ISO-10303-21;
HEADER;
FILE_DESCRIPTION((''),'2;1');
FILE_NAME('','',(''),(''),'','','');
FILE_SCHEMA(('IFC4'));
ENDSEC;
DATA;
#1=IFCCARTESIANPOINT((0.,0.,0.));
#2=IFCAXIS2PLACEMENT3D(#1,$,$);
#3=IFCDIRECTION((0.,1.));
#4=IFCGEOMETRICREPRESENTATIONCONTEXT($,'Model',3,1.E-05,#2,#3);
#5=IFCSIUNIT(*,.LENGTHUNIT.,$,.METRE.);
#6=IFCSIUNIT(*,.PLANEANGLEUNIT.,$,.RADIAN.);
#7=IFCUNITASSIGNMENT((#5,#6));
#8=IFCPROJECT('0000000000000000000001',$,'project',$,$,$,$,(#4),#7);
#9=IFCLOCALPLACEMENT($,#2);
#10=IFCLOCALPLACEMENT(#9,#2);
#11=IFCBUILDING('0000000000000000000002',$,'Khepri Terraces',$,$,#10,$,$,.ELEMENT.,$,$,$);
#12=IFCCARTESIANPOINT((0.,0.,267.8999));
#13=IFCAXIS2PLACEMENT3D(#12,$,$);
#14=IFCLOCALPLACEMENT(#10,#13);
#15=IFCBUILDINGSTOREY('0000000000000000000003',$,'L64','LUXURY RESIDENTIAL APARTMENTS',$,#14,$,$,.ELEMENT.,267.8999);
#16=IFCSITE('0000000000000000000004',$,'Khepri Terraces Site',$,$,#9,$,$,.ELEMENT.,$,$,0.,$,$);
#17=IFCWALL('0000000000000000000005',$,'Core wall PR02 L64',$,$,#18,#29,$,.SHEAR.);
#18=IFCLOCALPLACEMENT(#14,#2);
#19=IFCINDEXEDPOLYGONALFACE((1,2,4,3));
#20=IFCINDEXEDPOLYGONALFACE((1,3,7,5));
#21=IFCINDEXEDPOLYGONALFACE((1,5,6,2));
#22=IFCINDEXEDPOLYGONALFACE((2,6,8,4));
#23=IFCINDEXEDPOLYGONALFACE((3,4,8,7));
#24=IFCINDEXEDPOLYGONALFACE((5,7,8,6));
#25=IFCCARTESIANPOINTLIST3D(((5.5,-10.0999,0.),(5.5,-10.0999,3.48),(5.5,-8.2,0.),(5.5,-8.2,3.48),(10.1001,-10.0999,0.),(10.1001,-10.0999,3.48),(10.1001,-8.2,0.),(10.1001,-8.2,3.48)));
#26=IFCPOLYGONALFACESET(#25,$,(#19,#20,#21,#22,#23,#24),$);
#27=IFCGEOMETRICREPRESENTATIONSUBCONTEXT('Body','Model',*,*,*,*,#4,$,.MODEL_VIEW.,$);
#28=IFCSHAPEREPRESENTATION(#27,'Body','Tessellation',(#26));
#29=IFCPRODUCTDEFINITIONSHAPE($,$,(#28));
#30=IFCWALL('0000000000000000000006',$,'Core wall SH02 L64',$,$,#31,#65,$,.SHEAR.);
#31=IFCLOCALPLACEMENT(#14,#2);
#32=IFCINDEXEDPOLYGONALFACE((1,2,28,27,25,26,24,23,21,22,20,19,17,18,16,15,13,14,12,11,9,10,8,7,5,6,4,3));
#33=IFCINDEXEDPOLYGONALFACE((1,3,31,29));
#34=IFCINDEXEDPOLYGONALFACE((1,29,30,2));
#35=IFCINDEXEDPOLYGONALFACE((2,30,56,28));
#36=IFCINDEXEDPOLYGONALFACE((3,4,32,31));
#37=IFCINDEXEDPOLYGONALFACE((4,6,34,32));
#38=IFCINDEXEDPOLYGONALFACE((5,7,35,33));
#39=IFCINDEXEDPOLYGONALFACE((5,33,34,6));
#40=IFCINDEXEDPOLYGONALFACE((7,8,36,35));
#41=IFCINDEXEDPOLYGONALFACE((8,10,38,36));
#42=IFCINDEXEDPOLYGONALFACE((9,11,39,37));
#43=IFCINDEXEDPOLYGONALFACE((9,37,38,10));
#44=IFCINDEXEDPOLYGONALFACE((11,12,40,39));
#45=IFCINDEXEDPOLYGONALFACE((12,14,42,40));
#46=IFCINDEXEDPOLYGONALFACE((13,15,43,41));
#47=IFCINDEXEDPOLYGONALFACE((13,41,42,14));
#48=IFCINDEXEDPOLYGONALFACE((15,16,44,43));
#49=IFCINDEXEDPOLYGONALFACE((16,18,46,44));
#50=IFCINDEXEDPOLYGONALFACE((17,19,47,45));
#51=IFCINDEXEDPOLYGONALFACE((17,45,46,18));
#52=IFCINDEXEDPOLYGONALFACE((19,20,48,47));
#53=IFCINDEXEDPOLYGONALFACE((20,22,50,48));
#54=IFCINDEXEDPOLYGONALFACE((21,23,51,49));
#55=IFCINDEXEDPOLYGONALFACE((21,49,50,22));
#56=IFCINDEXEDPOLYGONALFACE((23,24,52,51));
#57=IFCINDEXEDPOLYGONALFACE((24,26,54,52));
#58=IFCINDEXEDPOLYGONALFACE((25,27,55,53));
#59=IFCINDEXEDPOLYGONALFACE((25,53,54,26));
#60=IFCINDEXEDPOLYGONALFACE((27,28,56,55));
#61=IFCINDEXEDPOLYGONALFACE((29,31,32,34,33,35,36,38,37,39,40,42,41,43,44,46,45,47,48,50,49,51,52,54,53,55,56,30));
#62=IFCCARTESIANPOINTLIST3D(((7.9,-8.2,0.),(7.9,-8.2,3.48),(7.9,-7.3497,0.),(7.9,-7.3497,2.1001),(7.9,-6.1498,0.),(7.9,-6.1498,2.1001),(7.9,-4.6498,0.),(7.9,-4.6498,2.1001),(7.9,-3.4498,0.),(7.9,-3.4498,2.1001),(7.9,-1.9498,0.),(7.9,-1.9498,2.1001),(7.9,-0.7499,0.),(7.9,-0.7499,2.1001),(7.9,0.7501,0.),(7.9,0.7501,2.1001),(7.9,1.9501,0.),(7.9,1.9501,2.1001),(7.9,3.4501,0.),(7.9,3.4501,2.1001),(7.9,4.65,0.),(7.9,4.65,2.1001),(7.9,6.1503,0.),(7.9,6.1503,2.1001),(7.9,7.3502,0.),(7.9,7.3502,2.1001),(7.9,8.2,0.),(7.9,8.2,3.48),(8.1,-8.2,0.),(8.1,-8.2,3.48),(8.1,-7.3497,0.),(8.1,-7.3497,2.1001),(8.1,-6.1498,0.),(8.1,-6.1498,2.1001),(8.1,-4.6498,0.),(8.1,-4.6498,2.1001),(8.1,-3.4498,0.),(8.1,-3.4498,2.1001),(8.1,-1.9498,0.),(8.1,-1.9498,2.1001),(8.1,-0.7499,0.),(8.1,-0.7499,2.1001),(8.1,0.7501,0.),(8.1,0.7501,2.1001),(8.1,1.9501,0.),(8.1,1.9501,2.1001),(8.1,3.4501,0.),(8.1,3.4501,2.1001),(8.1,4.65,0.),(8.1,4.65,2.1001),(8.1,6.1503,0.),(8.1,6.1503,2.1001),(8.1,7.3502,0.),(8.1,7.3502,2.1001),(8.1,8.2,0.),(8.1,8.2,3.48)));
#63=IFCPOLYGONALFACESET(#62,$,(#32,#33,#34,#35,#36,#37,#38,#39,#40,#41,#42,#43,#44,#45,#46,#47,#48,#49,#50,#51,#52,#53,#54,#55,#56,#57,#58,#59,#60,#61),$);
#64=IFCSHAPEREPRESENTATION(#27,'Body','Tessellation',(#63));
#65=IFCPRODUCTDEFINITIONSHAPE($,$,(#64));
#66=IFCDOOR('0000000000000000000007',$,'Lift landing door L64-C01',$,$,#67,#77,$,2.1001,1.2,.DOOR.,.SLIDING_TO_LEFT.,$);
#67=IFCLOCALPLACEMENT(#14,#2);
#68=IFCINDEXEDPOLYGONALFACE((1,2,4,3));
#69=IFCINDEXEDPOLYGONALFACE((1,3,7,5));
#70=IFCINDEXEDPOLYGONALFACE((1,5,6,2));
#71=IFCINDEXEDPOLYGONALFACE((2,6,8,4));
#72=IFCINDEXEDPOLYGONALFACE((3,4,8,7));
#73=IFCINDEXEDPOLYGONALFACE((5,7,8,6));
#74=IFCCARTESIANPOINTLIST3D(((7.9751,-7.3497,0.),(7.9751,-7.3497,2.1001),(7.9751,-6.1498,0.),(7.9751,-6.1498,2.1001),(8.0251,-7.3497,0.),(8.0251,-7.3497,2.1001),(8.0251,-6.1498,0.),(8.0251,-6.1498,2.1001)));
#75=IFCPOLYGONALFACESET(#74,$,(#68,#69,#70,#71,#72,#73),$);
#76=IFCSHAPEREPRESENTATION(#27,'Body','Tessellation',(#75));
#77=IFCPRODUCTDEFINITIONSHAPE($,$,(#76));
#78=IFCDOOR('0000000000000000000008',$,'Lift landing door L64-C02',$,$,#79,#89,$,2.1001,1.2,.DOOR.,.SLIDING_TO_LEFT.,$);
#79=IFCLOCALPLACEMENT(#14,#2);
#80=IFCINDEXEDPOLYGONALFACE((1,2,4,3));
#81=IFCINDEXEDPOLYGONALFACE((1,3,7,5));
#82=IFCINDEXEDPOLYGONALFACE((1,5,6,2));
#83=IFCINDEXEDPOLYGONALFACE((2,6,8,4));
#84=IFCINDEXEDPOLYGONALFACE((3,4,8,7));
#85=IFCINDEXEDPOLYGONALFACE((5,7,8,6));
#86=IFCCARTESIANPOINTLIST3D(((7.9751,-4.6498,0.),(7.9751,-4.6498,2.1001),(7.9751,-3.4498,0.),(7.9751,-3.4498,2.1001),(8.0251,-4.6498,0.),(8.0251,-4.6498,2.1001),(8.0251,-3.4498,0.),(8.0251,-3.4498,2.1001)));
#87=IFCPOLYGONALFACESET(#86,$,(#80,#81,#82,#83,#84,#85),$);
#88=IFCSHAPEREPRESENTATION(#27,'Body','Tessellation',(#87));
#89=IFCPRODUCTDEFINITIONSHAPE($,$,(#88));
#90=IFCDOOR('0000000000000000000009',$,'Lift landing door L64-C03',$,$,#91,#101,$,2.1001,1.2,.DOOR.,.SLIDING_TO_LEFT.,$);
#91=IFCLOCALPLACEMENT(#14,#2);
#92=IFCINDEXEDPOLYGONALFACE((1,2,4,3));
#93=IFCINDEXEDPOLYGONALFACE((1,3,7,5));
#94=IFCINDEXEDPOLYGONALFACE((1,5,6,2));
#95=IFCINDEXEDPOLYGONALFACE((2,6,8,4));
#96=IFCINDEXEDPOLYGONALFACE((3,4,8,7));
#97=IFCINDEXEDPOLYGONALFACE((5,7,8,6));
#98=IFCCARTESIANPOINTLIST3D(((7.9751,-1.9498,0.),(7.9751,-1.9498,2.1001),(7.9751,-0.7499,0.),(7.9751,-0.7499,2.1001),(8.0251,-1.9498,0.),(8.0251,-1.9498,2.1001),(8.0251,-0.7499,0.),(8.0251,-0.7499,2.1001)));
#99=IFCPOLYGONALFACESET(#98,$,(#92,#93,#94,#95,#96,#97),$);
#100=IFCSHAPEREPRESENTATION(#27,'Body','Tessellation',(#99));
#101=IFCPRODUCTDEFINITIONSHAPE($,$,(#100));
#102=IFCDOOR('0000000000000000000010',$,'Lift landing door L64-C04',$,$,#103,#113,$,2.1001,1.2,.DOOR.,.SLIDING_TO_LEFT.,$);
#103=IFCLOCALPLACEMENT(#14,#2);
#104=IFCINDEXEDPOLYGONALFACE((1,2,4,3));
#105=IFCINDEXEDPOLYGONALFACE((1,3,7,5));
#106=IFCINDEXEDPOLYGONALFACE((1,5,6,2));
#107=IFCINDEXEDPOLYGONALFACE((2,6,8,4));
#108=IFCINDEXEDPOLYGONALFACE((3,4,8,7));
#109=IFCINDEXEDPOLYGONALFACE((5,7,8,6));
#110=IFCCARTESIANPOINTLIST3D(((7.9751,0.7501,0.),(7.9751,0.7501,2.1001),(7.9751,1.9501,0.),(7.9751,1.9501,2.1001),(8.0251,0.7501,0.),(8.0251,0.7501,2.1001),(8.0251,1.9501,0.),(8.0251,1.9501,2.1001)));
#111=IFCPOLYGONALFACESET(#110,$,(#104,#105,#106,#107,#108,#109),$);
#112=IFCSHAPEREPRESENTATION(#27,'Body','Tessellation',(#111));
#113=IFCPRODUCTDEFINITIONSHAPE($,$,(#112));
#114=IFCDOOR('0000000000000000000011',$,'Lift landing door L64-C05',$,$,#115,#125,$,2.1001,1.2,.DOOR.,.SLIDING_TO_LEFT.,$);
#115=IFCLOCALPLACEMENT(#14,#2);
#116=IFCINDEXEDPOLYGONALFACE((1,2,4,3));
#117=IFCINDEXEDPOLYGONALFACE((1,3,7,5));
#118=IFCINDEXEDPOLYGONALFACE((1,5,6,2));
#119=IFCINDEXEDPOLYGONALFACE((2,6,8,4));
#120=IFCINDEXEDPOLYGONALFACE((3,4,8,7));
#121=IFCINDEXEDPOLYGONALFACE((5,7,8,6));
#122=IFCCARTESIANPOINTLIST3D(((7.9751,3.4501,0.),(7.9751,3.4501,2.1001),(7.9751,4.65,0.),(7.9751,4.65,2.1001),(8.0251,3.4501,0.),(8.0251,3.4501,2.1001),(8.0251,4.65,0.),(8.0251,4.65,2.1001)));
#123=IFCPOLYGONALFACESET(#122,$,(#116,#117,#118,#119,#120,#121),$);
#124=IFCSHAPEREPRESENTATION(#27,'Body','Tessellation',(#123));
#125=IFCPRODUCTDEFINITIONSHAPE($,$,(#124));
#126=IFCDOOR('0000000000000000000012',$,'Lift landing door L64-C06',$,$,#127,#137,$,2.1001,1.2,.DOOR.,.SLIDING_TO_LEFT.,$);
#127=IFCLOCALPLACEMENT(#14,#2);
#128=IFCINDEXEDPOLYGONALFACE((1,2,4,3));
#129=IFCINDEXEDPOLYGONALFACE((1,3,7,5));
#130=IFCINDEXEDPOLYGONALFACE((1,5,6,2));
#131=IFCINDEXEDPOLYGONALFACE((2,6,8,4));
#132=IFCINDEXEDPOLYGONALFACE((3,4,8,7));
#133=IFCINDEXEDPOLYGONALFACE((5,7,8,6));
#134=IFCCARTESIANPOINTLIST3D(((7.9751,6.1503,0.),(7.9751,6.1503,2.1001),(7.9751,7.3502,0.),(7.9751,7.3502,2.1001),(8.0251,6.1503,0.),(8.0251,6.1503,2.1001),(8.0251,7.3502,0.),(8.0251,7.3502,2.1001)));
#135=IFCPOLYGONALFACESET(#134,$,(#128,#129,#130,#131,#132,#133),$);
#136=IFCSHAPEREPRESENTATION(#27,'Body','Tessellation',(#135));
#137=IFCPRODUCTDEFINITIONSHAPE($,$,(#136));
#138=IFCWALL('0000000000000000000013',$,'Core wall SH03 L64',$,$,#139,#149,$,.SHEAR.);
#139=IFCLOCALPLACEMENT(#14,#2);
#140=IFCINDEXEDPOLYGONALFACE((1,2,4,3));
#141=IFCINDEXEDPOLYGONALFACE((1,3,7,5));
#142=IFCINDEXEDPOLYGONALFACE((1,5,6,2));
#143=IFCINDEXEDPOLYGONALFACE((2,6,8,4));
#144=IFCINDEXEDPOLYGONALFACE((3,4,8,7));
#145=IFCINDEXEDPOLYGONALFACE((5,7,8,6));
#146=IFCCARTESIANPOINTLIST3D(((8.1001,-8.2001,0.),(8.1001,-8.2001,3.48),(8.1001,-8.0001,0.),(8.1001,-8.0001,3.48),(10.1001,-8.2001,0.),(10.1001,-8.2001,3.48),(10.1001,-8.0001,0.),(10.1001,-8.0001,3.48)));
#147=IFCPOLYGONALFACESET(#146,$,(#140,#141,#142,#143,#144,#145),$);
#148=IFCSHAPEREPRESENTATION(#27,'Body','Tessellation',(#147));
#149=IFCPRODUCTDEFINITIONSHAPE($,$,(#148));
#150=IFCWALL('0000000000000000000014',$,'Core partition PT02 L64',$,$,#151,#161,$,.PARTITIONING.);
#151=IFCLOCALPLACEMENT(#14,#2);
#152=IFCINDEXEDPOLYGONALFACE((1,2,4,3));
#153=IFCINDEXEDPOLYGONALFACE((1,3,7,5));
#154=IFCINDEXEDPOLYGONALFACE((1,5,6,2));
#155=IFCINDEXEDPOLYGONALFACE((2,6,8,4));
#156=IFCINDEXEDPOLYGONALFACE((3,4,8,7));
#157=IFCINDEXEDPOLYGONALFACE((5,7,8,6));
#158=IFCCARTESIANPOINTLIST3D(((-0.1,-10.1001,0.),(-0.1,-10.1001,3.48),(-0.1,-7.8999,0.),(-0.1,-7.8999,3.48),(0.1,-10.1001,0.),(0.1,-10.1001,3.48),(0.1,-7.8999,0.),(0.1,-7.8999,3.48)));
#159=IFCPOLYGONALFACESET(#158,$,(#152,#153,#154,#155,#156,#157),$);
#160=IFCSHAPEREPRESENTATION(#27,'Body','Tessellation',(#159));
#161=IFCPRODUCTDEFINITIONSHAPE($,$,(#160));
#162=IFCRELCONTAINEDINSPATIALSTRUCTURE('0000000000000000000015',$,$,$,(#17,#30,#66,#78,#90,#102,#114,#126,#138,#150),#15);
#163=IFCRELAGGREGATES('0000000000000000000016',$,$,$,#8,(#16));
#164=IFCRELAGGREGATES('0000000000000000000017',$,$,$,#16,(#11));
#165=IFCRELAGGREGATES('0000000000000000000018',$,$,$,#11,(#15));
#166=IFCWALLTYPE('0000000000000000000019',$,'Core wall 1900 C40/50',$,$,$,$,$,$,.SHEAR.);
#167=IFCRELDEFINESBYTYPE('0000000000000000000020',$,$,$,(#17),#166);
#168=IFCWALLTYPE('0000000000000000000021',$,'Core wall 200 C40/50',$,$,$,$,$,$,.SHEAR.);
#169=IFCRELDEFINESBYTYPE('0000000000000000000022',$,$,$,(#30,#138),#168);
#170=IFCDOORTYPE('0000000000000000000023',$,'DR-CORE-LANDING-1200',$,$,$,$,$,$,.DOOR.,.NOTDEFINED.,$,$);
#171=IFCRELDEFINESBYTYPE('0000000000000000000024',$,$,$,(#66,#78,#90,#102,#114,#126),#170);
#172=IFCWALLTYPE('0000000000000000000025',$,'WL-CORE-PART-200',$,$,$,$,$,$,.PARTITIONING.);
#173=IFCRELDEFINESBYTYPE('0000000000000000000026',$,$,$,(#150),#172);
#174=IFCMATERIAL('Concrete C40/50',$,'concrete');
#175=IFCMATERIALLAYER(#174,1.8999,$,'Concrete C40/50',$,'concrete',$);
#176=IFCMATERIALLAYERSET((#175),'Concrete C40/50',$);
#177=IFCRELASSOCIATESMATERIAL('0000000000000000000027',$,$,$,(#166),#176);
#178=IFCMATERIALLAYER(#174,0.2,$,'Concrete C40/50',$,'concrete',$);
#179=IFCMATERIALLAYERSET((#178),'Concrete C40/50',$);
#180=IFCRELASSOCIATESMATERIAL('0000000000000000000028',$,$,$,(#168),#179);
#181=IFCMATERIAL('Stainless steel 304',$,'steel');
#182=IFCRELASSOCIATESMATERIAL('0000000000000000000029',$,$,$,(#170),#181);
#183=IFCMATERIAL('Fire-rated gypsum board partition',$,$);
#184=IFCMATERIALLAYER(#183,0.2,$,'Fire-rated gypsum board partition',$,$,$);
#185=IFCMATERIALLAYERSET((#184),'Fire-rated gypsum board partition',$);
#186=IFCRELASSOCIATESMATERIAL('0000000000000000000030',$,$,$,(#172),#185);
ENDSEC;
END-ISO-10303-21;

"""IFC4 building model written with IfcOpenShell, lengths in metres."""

from ifc_helpers import new_model, si_unit, direction, frame, frame_2d, origin, place, context, subcontext, project, spatial, rectangle, extrude, material, layer, layer_set, type_object, element, fill, save


model = new_model("IFC4")

# Units and contexts
model_context = context("Model", 3, precision=1e-05, world=origin(), true_north=direction((0.0, 1.0)))
body_context = subcontext(model_context, "Body", "Model", "MODEL_VIEW")
ifc_project = project(units=[si_unit("LENGTHUNIT", "METRE"), si_unit("PLANEANGLEUNIT", "RADIAN")], contexts=[model_context])

# Site, building, storey
site_placement = place(None, origin())
site = spatial("IfcSite", under=ifc_project, at=site_placement, Name="Khepri Terraces Site", CompositionType="ELEMENT", RefElevation=0.0)
building_placement = place(site_placement, origin())
building = spatial("IfcBuilding", under=site, at=building_placement, Name="Khepri Terraces", CompositionType="ELEMENT")
storey_placement = place(building_placement, frame((0.0, 0.0, 267.8999)))
storey = spatial("IfcBuildingStorey", under=building, at=storey_placement, Name="L64", Description="LUXURY RESIDENTIAL APARTMENTS", CompositionType="ELEMENT", Elevation=267.8999)

# Wall
ifc_material_1 = material(Name="Concrete C40/50", Category="concrete")
ifc_layer_1 = layer(ifc_material_1, 1.8999, Name="Concrete C40/50", Category="concrete")
ifc_layer_set_1 = layer_set([ifc_layer_1], Name="Concrete C40/50")
wall_type_1 = type_object("IfcWallType", Name="Core wall 1900 C40/50", PredefinedType="SHEAR", material=ifc_layer_set_1)
wall_1_placement = place(storey_placement, frame((5.5, -9.1499, 0.0), z_axis=(0.0, 0.0, 1.0), x_axis=(1.0, 0.0, 0.0)))
element("IfcWall", 1, at=wall_1_placement, inside=storey, type_object=wall_type_1, Name="Core wall PR02 L64", PredefinedType="SHEAR", context=body_context, shape_type="SweptSolid", body=[
    extrude(rectangle(XDim=4.6001, YDim=1.8999, at=frame_2d((2.3, 0.0))), origin(), (0.0, 0.0, 1.0), 3.48),
])

# Wall, openings, doors
ifc_layer_2 = layer(ifc_material_1, 0.2, Name="Concrete C40/50", Category="concrete")
ifc_layer_set_2 = layer_set([ifc_layer_2], Name="Concrete C40/50")
wall_type_2 = type_object("IfcWallType", Name="Core wall 200 C40/50", PredefinedType="SHEAR", material=ifc_layer_set_2)
wall_2_placement = place(storey_placement, frame((8.0, -8.2, 0.0), z_axis=(0.0, 0.0, 1.0), x_axis=(0.0, 1.0, 0.0)))
wall_2 = element("IfcWall", 2, at=wall_2_placement, inside=storey, type_object=wall_type_2, Name="Core wall SH02 L64", PredefinedType="SHEAR", context=body_context, shape_type="SweptSolid", body=[
    extrude(rectangle(XDim=16.3999, YDim=0.2, at=frame_2d((8.2, 0.0))), origin(), (0.0, 0.0, 1.0), 3.48),
])
opening_1_placement = place(wall_2_placement, frame((0.8501, 0.0, 0.0)))
opening_1 = element("IfcOpeningElement", 3, at=opening_1_placement, cuts=wall_2, PredefinedType="OPENING", context=body_context, shape_type="SweptSolid", body=[
    extrude(rectangle(XDim=1.2, YDim=2.1001, at=frame_2d((0.6001, 1.05))), frame((0.0, 0.1099, 0.0), z_axis=(0.0, -1.0, 0.0), x_axis=(1.0, 0.0, 0.0)), (0.0, 0.0, 1.0), 0.22),
])
opening_2_placement = place(wall_2_placement, frame((3.55, 0.0, 0.0)))
opening_2 = element("IfcOpeningElement", 4, at=opening_2_placement, cuts=wall_2, PredefinedType="OPENING", context=body_context, shape_type="SweptSolid", body=[
    extrude(rectangle(XDim=1.2, YDim=2.1001, at=frame_2d((0.6001, 1.05))), frame((0.0, 0.1099, 0.0), z_axis=(0.0, -1.0, 0.0), x_axis=(1.0, 0.0, 0.0)), (0.0, 0.0, 1.0), 0.22),
])
opening_3_placement = place(wall_2_placement, frame((6.25, 0.0, 0.0)))
opening_3 = element("IfcOpeningElement", 5, at=opening_3_placement, cuts=wall_2, PredefinedType="OPENING", context=body_context, shape_type="SweptSolid", body=[
    extrude(rectangle(XDim=1.2, YDim=2.1001, at=frame_2d((0.6001, 1.05))), frame((0.0, 0.1099, 0.0), z_axis=(0.0, -1.0, 0.0), x_axis=(1.0, 0.0, 0.0)), (0.0, 0.0, 1.0), 0.22),
])
opening_4_placement = place(wall_2_placement, frame((8.95, 0.0, 0.0)))
opening_4 = element("IfcOpeningElement", 6, at=opening_4_placement, cuts=wall_2, PredefinedType="OPENING", context=body_context, shape_type="SweptSolid", body=[
    extrude(rectangle(XDim=1.2, YDim=2.1001, at=frame_2d((0.6001, 1.05))), frame((0.0, 0.1099, 0.0), z_axis=(0.0, -1.0, 0.0), x_axis=(1.0, 0.0, 0.0)), (0.0, 0.0, 1.0), 0.22),
])
opening_5_placement = place(wall_2_placement, frame((11.6499, 0.0, 0.0)))
opening_5 = element("IfcOpeningElement", 7, at=opening_5_placement, cuts=wall_2, PredefinedType="OPENING", context=body_context, shape_type="SweptSolid", body=[
    extrude(rectangle(XDim=1.2, YDim=2.1001, at=frame_2d((0.6001, 1.05))), frame((0.0, 0.1099, 0.0), z_axis=(0.0, -1.0, 0.0), x_axis=(1.0, 0.0, 0.0)), (0.0, 0.0, 1.0), 0.22),
])
opening_6_placement = place(wall_2_placement, frame((14.3501, 0.0, 0.0)))
opening_6 = element("IfcOpeningElement", 8, at=opening_6_placement, cuts=wall_2, PredefinedType="OPENING", context=body_context, shape_type="SweptSolid", body=[
    extrude(rectangle(XDim=1.2, YDim=2.1001, at=frame_2d((0.6001, 1.05))), frame((0.0, 0.1099, 0.0), z_axis=(0.0, -1.0, 0.0), x_axis=(1.0, 0.0, 0.0)), (0.0, 0.0, 1.0), 0.22),
])
ifc_material_2 = material(Name="Stainless steel 304", Category="steel")
door_type_1 = type_object("IfcDoorType", Name="DR-CORE-LANDING-1200", OperationType="NOTDEFINED", PredefinedType="DOOR", material=ifc_material_2)
door_1_placement = place(opening_1_placement, origin())
door_1 = element("IfcDoor", 9, at=door_1_placement, inside=storey, type_object=door_type_1, Name="Lift landing door L64-C01", OperationType="SLIDING_TO_LEFT", OverallHeight=2.1001, OverallWidth=1.2, PredefinedType="DOOR", context=body_context, shape_type="SweptSolid", body=[
    extrude(rectangle(XDim=1.2, YDim=2.1001, at=frame_2d((0.6001, 1.05))), frame((0.0, 0.0249, 0.0), z_axis=(0.0, -1.0, 0.0), x_axis=(1.0, 0.0, 0.0)), (0.0, 0.0, 1.0), 0.05),
])
fill(opening_1, door_1)
door_2_placement = place(opening_2_placement, origin())
door_2 = element("IfcDoor", 10, at=door_2_placement, inside=storey, type_object=door_type_1, Name="Lift landing door L64-C02", OperationType="SLIDING_TO_LEFT", OverallHeight=2.1001, OverallWidth=1.2, PredefinedType="DOOR", context=body_context, shape_type="SweptSolid", body=[
    extrude(rectangle(XDim=1.2, YDim=2.1001, at=frame_2d((0.6001, 1.05))), frame((0.0, 0.0249, 0.0), z_axis=(0.0, -1.0, 0.0), x_axis=(1.0, 0.0, 0.0)), (0.0, 0.0, 1.0), 0.05),
])
fill(opening_2, door_2)
door_3_placement = place(opening_3_placement, origin())
door_3 = element("IfcDoor", 11, at=door_3_placement, inside=storey, type_object=door_type_1, Name="Lift landing door L64-C03", OperationType="SLIDING_TO_LEFT", OverallHeight=2.1001, OverallWidth=1.2, PredefinedType="DOOR", context=body_context, shape_type="SweptSolid", body=[
    extrude(rectangle(XDim=1.2, YDim=2.1001, at=frame_2d((0.6001, 1.05))), frame((0.0, 0.0249, 0.0), z_axis=(0.0, -1.0, 0.0), x_axis=(1.0, 0.0, 0.0)), (0.0, 0.0, 1.0), 0.05),
])
fill(opening_3, door_3)
door_4_placement = place(opening_4_placement, origin())
door_4 = element("IfcDoor", 12, at=door_4_placement, inside=storey, type_object=door_type_1, Name="Lift landing door L64-C04", OperationType="SLIDING_TO_LEFT", OverallHeight=2.1001, OverallWidth=1.2, PredefinedType="DOOR", context=body_context, shape_type="SweptSolid", body=[
    extrude(rectangle(XDim=1.2, YDim=2.1001, at=frame_2d((0.6001, 1.05))), frame((0.0, 0.0249, 0.0), z_axis=(0.0, -1.0, 0.0), x_axis=(1.0, 0.0, 0.0)), (0.0, 0.0, 1.0), 0.05),
])
fill(opening_4, door_4)
door_5_placement = place(opening_5_placement, origin())
door_5 = element("IfcDoor", 13, at=door_5_placement, inside=storey, type_object=door_type_1, Name="Lift landing door L64-C05", OperationType="SLIDING_TO_LEFT", OverallHeight=2.1001, OverallWidth=1.2, PredefinedType="DOOR", context=body_context, shape_type="SweptSolid", body=[
    extrude(rectangle(XDim=1.2, YDim=2.1001, at=frame_2d((0.6001, 1.05))), frame((0.0, 0.0249, 0.0), z_axis=(0.0, -1.0, 0.0), x_axis=(1.0, 0.0, 0.0)), (0.0, 0.0, 1.0), 0.05),
])
fill(opening_5, door_5)
door_6_placement = place(opening_6_placement, origin())
door_6 = element("IfcDoor", 14, at=door_6_placement, inside=storey, type_object=door_type_1, Name="Lift landing door L64-C06", OperationType="SLIDING_TO_LEFT", OverallHeight=2.1001, OverallWidth=1.2, PredefinedType="DOOR", context=body_context, shape_type="SweptSolid", body=[
    extrude(rectangle(XDim=1.2, YDim=2.1001, at=frame_2d((0.6001, 1.05))), frame((0.0, 0.0249, 0.0), z_axis=(0.0, -1.0, 0.0), x_axis=(1.0, 0.0, 0.0)), (0.0, 0.0, 1.0), 0.05),
])
fill(opening_6, door_6)

# Walls
wall_3_placement = place(storey_placement, frame((8.1001, -8.1001, 0.0), z_axis=(0.0, 0.0, 1.0), x_axis=(1.0, 0.0, 0.0)))
element("IfcWall", 15, at=wall_3_placement, inside=storey, type_object=wall_type_2, Name="Core wall SH03 L64", PredefinedType="SHEAR", context=body_context, shape_type="SweptSolid", body=[
    extrude(rectangle(XDim=2.0, YDim=0.2, at=frame_2d((1.0, 0.0))), origin(), (0.0, 0.0, 1.0), 3.48),
])
ifc_material_3 = material(Name="Fire-rated gypsum board partition")
ifc_layer_3 = layer(ifc_material_3, 0.2, Name="Fire-rated gypsum board partition")
ifc_layer_set_3 = layer_set([ifc_layer_3], Name="Fire-rated gypsum board partition")
wall_type_3 = type_object("IfcWallType", Name="WL-CORE-PART-200", PredefinedType="PARTITIONING", material=ifc_layer_set_3)
wall_4_placement = place(storey_placement, frame((0.0, -10.1001, 0.0), z_axis=(0.0, 0.0, 1.0), x_axis=(0.0, 1.0, 0.0)))
element("IfcWall", 16, at=wall_4_placement, inside=storey, type_object=wall_type_3, Name="Core partition PT02 L64", PredefinedType="PARTITIONING", context=body_context, shape_type="SweptSolid", body=[
    extrude(rectangle(XDim=2.2002, YDim=0.2, at=frame_2d((1.1001, 0.0))), origin(), (0.0, 0.0, 1.0), 3.48),
])

save(model, "model.ifc")
